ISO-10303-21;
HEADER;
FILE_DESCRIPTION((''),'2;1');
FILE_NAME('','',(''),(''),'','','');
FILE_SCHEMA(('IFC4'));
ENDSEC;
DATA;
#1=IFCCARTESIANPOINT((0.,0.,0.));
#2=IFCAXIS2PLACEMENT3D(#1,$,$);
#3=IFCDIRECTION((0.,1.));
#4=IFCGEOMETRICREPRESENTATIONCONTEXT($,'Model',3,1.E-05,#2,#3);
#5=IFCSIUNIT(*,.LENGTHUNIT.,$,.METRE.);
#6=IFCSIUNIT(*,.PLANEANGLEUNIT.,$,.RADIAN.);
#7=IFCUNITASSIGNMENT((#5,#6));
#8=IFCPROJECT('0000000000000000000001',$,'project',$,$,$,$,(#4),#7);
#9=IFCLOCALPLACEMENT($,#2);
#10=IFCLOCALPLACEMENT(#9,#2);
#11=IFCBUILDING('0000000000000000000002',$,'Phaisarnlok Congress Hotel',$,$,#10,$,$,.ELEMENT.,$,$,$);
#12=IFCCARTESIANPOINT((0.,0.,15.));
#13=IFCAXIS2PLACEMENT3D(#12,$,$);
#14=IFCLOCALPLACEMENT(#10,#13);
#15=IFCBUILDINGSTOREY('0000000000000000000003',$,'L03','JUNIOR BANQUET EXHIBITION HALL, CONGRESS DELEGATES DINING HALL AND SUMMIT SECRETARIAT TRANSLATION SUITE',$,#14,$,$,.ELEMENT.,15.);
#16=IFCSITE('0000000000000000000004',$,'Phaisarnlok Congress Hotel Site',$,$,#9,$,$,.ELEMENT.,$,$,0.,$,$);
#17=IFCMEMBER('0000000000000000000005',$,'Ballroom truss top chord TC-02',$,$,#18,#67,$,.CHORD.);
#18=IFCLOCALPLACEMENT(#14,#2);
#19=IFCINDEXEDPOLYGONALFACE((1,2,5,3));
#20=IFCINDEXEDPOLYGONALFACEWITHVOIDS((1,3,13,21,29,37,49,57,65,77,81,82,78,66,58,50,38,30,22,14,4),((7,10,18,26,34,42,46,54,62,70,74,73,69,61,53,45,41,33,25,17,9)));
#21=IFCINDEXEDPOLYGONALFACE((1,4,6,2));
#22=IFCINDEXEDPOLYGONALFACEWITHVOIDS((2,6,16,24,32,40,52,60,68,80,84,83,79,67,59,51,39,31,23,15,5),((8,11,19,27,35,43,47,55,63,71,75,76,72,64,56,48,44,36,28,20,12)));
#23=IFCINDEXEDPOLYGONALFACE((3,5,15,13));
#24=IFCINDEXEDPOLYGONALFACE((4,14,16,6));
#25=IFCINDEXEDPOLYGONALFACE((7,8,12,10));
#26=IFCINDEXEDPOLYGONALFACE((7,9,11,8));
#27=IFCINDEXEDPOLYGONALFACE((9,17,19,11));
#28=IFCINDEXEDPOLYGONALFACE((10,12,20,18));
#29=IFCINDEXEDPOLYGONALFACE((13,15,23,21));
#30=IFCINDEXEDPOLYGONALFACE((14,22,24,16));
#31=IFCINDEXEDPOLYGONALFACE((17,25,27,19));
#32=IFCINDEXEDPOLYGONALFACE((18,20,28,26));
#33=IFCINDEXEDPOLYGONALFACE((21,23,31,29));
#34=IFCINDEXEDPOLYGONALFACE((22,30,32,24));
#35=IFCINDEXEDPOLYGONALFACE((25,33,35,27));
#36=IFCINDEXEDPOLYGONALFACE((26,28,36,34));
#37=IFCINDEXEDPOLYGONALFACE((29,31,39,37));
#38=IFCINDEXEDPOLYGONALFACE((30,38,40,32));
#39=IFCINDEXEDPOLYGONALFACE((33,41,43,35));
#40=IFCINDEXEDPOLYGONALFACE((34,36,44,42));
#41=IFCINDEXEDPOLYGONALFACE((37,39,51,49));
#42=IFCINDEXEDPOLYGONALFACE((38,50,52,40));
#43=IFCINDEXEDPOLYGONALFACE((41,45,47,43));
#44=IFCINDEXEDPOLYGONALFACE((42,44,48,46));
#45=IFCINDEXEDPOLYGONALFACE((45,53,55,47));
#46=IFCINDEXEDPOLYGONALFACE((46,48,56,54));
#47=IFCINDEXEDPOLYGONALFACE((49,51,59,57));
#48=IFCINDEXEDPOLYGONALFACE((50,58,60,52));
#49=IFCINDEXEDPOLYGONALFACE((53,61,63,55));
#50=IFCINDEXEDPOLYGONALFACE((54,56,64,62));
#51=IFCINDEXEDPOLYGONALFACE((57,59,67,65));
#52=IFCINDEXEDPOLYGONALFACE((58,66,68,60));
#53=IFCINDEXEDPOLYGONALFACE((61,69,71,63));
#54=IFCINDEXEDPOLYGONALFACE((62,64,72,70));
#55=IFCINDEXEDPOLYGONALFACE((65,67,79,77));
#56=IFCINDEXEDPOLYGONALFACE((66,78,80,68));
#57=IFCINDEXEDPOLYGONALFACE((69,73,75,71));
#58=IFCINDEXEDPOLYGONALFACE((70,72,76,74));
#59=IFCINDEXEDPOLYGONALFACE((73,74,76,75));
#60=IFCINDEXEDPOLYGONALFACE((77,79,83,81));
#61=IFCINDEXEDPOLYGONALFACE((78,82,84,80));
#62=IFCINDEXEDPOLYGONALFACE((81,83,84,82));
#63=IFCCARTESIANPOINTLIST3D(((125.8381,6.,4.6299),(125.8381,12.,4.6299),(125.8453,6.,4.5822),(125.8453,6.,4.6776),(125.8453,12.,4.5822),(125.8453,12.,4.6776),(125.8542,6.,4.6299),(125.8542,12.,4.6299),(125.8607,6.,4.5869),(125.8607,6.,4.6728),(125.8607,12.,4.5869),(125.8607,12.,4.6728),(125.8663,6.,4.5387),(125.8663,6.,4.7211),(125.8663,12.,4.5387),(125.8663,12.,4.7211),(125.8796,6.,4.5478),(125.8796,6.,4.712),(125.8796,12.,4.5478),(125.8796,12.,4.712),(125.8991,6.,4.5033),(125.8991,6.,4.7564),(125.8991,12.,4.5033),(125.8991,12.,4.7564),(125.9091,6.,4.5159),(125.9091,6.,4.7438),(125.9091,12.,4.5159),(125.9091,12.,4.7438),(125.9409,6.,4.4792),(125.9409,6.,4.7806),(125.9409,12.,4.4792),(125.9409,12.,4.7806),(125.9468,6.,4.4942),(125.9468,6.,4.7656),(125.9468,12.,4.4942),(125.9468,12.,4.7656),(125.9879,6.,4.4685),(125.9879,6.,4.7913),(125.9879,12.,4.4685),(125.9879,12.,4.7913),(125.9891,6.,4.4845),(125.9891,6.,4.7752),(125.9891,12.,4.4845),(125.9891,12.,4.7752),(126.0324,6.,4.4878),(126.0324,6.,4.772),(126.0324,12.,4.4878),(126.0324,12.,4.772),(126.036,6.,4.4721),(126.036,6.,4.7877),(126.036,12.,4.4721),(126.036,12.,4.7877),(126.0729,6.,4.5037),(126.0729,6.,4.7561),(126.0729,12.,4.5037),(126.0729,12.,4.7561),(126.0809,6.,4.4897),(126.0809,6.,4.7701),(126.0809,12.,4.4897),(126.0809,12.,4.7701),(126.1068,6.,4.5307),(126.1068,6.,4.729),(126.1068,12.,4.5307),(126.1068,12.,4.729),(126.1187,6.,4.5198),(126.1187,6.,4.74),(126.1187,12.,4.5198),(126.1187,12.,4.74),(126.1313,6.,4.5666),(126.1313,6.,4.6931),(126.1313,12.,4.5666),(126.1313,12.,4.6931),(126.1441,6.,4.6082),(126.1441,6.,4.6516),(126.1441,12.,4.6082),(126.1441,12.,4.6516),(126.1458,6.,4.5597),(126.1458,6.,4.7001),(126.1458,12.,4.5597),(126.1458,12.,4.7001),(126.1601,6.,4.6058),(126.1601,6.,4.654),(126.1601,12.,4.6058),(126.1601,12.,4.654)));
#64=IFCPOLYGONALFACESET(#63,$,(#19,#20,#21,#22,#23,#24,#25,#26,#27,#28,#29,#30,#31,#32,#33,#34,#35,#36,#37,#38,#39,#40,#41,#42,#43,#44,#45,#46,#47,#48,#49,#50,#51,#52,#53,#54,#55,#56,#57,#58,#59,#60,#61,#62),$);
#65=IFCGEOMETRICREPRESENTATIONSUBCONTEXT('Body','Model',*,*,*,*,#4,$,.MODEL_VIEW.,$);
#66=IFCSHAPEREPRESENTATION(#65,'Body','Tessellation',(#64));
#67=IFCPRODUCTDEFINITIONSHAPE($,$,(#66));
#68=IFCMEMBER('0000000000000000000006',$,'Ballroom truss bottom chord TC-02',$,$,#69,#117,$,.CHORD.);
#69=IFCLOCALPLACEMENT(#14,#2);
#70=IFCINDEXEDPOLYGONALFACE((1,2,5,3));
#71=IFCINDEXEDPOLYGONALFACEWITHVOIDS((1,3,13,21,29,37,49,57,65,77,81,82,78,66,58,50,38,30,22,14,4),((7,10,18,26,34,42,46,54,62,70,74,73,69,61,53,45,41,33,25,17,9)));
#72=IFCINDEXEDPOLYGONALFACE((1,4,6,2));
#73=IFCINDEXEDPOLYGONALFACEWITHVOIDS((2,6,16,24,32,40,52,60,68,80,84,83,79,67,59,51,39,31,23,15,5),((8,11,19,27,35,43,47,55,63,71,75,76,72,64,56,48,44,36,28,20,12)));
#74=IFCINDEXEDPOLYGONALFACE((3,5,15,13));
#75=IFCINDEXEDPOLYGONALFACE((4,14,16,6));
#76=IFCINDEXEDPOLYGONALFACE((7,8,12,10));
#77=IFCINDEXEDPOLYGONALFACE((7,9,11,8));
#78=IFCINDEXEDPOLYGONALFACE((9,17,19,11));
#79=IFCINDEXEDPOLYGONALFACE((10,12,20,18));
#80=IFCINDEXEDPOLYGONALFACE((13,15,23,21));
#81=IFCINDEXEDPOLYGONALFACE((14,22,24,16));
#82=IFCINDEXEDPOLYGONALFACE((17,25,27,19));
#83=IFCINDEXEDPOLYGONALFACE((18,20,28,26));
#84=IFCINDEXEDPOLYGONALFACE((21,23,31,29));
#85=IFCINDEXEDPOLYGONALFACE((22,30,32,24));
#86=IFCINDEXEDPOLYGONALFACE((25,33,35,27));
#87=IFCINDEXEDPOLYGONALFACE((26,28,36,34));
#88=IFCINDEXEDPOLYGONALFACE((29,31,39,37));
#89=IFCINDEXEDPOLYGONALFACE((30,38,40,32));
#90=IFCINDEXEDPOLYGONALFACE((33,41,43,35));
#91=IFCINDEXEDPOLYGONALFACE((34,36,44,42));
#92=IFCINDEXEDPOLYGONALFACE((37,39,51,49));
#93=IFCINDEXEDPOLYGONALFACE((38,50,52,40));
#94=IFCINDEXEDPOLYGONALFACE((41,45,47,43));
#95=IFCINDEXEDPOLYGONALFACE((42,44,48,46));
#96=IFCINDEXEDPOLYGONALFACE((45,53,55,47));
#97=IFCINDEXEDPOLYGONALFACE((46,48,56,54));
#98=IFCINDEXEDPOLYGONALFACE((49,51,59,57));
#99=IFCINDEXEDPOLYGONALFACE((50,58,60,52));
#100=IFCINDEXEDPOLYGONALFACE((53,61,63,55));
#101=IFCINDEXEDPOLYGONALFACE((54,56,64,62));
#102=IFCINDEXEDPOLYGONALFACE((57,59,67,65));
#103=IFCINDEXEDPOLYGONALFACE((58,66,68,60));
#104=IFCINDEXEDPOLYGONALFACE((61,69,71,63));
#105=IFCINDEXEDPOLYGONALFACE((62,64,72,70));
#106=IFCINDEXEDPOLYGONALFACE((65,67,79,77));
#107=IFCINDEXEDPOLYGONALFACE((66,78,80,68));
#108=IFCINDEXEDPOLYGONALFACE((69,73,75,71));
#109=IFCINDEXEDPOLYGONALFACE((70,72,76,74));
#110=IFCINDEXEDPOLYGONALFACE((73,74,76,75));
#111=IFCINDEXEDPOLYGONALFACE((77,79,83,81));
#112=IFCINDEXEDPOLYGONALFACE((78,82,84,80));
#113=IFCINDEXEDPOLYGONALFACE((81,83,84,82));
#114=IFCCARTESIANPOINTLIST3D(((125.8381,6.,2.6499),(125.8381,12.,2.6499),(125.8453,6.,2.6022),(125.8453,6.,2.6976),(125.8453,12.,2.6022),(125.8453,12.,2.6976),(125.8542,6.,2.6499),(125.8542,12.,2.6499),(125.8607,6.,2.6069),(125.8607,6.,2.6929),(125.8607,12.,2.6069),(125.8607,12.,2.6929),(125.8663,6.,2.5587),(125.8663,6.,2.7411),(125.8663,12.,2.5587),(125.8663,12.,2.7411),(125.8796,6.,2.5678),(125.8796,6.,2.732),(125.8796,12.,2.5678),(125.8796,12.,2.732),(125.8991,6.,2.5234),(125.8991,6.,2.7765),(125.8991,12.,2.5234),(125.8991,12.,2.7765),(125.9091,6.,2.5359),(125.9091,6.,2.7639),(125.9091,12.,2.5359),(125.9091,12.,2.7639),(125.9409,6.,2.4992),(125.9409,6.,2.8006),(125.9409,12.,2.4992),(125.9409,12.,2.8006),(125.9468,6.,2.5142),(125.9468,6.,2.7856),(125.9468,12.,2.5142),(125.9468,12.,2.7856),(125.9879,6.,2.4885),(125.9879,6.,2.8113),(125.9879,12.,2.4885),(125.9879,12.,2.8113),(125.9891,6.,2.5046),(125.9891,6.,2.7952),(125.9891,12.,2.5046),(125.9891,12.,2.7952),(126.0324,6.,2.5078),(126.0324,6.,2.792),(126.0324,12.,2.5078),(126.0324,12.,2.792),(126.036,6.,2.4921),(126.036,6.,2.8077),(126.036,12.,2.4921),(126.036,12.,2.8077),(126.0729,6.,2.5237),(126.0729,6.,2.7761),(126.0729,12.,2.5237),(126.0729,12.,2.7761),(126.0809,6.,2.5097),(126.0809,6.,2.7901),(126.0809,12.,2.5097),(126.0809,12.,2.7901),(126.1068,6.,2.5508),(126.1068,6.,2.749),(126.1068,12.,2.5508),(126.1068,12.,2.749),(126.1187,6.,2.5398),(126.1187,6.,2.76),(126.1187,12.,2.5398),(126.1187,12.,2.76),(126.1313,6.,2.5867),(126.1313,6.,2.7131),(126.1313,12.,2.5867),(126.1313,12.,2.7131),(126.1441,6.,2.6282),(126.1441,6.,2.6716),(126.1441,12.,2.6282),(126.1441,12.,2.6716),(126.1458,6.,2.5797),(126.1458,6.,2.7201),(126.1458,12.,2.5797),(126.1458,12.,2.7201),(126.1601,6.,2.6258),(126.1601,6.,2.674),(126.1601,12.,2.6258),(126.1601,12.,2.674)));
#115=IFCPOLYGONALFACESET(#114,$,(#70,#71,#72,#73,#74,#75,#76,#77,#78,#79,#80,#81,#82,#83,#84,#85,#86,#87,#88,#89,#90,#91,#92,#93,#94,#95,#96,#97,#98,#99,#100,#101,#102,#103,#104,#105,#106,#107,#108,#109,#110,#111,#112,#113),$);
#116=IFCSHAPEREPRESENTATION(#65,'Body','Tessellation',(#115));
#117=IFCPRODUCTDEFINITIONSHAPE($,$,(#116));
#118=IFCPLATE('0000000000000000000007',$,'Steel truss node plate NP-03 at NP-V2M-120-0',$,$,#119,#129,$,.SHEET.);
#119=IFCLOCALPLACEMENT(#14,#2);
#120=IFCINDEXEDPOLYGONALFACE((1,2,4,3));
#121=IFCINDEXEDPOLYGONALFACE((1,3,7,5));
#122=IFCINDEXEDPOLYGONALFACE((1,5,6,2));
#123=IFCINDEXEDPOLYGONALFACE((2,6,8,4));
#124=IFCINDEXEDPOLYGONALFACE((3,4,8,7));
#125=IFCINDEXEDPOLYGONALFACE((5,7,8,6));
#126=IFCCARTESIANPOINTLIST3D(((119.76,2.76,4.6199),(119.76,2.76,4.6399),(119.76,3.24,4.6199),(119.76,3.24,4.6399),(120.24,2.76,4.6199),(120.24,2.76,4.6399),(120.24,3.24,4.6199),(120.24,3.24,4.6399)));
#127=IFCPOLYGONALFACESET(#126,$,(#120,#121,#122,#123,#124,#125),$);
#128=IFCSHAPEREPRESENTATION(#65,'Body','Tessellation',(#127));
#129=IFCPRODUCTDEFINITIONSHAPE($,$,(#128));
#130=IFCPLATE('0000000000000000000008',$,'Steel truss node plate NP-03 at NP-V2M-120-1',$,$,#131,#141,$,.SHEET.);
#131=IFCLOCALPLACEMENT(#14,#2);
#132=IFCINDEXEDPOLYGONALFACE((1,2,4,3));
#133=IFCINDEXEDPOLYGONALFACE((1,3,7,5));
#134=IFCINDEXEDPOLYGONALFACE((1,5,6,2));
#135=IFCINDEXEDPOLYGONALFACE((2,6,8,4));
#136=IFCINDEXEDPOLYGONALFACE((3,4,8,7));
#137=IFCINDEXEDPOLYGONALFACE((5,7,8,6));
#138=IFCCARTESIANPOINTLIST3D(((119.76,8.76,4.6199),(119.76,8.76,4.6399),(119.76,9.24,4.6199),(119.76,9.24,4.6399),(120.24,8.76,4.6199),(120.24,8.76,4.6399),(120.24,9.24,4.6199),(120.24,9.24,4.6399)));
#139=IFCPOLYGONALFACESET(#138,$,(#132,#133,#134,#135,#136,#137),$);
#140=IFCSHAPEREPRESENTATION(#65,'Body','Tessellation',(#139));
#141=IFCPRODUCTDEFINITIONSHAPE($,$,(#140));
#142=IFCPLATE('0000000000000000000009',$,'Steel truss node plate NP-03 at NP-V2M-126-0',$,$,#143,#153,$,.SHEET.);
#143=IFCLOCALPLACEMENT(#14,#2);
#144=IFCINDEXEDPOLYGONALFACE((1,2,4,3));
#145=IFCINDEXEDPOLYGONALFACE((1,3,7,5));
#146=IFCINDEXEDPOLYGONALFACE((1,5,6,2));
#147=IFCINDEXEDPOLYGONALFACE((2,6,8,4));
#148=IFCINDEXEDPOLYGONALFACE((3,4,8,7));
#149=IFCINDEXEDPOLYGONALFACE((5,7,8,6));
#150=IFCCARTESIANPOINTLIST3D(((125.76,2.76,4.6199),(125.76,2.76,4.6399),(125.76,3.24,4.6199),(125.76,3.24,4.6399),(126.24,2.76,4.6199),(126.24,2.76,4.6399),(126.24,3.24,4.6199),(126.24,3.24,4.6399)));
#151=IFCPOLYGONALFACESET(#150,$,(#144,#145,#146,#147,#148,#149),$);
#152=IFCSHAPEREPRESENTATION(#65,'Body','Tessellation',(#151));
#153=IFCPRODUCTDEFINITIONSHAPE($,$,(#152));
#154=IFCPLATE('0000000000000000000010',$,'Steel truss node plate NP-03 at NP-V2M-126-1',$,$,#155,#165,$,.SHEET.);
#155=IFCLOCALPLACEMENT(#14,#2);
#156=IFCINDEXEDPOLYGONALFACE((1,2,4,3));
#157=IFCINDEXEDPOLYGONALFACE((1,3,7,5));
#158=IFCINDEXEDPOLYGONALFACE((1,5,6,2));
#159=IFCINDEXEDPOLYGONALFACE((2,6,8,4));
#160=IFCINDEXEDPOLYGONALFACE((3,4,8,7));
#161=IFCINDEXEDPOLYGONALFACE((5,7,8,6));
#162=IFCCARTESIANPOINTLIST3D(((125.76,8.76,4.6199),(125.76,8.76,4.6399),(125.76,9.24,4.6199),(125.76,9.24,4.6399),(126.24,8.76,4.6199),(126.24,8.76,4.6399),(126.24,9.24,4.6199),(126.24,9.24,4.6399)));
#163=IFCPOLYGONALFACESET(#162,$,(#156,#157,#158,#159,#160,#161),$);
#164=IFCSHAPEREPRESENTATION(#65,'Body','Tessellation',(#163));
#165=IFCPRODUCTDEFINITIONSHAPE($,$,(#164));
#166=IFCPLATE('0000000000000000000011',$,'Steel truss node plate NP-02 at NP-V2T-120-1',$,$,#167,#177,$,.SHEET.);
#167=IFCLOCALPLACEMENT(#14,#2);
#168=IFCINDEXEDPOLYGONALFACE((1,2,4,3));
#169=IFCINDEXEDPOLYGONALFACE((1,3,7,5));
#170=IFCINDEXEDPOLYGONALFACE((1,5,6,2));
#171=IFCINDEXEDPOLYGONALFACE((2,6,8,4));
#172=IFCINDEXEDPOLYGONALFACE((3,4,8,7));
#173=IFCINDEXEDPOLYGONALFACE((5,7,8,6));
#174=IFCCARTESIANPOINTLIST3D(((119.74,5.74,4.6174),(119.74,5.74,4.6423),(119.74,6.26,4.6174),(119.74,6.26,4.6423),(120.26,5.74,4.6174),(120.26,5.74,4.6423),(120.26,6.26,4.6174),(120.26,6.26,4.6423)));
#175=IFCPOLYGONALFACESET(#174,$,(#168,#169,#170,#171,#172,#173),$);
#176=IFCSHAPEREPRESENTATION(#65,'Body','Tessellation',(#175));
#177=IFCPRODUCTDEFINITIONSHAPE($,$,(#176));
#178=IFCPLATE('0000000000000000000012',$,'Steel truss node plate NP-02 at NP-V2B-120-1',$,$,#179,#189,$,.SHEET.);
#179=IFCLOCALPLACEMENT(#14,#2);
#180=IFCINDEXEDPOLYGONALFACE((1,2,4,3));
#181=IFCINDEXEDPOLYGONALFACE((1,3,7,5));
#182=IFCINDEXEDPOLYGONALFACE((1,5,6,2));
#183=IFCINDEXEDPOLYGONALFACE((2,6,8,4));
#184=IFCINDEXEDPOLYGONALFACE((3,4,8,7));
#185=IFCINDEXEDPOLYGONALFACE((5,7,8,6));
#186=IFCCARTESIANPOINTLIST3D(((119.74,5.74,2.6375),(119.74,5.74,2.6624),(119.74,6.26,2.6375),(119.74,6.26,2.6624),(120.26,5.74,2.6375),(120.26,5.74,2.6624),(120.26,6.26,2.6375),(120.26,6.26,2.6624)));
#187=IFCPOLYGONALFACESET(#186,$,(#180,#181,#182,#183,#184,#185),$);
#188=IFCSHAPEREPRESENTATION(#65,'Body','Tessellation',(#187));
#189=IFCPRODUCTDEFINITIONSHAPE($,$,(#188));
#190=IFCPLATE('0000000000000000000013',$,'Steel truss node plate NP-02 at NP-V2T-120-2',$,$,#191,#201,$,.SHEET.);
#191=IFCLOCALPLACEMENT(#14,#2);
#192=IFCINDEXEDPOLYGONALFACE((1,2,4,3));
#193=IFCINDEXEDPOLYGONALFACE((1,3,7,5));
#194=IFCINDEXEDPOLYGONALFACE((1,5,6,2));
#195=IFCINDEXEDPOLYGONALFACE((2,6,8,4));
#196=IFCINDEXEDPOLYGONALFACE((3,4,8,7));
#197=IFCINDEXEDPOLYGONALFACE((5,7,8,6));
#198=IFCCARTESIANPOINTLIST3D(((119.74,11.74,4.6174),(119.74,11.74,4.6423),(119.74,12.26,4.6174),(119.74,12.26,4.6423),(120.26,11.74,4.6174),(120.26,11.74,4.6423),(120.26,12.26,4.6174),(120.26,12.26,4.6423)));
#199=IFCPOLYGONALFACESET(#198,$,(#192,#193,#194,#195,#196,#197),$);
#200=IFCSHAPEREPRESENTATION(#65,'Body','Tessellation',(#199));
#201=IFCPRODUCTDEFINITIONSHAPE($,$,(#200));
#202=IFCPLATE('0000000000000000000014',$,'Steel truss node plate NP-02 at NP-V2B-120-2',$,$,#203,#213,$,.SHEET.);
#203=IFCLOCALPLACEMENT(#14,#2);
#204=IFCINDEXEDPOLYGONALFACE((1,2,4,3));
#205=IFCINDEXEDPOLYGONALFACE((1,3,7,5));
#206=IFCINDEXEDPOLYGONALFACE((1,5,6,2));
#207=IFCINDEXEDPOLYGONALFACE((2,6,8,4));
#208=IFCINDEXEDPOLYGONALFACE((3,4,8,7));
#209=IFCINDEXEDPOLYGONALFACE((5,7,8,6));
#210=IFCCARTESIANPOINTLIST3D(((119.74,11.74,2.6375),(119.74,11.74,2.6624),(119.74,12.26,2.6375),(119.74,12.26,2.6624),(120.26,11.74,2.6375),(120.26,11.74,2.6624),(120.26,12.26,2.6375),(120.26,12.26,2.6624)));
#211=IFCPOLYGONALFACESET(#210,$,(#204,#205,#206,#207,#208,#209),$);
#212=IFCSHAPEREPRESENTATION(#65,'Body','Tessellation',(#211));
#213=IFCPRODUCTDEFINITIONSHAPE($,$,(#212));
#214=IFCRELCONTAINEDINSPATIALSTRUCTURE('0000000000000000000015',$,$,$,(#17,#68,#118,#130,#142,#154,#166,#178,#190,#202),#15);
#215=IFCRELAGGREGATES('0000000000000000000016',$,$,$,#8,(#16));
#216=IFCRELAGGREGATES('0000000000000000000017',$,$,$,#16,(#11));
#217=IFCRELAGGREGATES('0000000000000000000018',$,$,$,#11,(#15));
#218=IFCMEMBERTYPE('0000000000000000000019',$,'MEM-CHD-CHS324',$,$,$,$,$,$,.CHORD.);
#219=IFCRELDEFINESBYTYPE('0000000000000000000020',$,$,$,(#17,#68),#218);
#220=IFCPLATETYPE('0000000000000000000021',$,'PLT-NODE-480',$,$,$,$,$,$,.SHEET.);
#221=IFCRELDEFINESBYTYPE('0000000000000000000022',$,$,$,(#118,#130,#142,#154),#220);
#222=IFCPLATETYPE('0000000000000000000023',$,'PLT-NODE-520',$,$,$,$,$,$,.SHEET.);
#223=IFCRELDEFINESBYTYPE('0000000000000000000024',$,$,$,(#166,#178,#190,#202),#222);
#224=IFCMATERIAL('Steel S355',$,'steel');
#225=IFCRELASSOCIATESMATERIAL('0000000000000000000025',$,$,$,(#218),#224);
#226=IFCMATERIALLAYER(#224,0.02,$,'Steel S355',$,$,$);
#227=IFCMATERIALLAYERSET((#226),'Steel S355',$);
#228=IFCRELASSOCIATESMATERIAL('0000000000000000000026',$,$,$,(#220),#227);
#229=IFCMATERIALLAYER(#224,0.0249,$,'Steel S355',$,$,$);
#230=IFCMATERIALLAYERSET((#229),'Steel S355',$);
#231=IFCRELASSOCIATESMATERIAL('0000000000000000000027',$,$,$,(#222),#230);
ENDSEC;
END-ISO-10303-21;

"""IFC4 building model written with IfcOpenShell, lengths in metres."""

from ifc_helpers import new_model, si_unit, direction, frame, origin, origin_2d, place, context, subcontext, project, spatial, rectangle, hollow_circle, extrude, material, layer, layer_set, material_profile, profile_set, type_object, element, save


model = new_model("IFC4")

# Units and contexts
model_context = context("Model", 3, precision=1e-05, world=origin(), true_north=direction((0.0, 1.0)))
body_context = subcontext(model_context, "Body", "Model", "MODEL_VIEW")
ifc_project = project(units=[si_unit("LENGTHUNIT", "METRE"), si_unit("PLANEANGLEUNIT", "RADIAN")], contexts=[model_context])

# Site, building, storey
site_placement = place(None, origin())
site = spatial("IfcSite", under=ifc_project, at=site_placement, Name="Phaisarnlok Congress Hotel Site", CompositionType="ELEMENT", RefElevation=0.0)
building_placement = place(site_placement, origin())
building = spatial("IfcBuilding", under=site, at=building_placement, Name="Phaisarnlok Congress Hotel", CompositionType="ELEMENT")
storey_placement = place(building_placement, frame((0.0, 0.0, 15.0)))
storey = spatial("IfcBuildingStorey", under=building, at=storey_placement, Name="L03", Description="JUNIOR BANQUET EXHIBITION HALL, CONGRESS DELEGATES DINING HALL AND SUMMIT SECRETARIAT TRANSLATION SUITE", CompositionType="ELEMENT", Elevation=15.0)

# Members
ifc_material = material(Name="Steel S355", Category="steel")
ifc_material_profile_1 = material_profile(ifc_material, hollow_circle(Radius=0.1619, WallThickness=0.0161, at=origin_2d()), Name="CHS 323.9x16")
ifc_profile_set_1 = profile_set([ifc_material_profile_1], Name="Steel S355")
member_type_1 = type_object("IfcMemberType", Name="MEM-CHD-CHS324", PredefinedType="CHORD", material=ifc_profile_set_1)
for number, where, z_axis, x_axis, name in (
    (1, (126.0, 6.0, 4.6299), (0.0, 1.0, 0.0), (-1.0, 0.0, 0.0), "Ballroom truss top chord TC-02"),
    (2, (126.0, 6.0, 2.6499), (0.0, 1.0, 0.0), (-1.0, 0.0, 0.0), "Ballroom truss bottom chord TC-02"),
):
    element("IfcMember", number, at=place(storey_placement, frame(where, z_axis=z_axis, x_axis=x_axis)), inside=storey, type_object=member_type_1, Name=name, PredefinedType="CHORD", context=body_context, shape_type="SweptSolid", body=[
        extrude(hollow_circle(Radius=0.1619, WallThickness=0.0161, at=origin_2d()), origin(), (0.0, 0.0, 1.0), 6.0),
    ])

# Plates
ifc_layer_1 = layer(ifc_material, 0.02, Name="Steel S355")
ifc_layer_set_1 = layer_set([ifc_layer_1], Name="Steel S355")
plate_type_1 = type_object("IfcPlateType", Name="PLT-NODE-480", PredefinedType="SHEET", material=ifc_layer_set_1)
for number, where, z_axis, x_axis, name in (
    (3, (120.0, 3.0, 4.6199), (0.0, 0.0, 1.0), (1.0, 0.0, 0.0), "Steel truss node plate NP-03 at NP-V2M-120-0"),
    (4, (120.0, 9.0, 4.6199), (0.0, 0.0, 1.0), (1.0, 0.0, 0.0), "Steel truss node plate NP-03 at NP-V2M-120-1"),
    (5, (126.0, 3.0, 4.6199), (0.0, 0.0, 1.0), (1.0, 0.0, 0.0), "Steel truss node plate NP-03 at NP-V2M-126-0"),
    (6, (126.0, 9.0, 4.6199), (0.0, 0.0, 1.0), (1.0, 0.0, 0.0), "Steel truss node plate NP-03 at NP-V2M-126-1"),
):
    element("IfcPlate", number, at=place(storey_placement, frame(where, z_axis=z_axis, x_axis=x_axis)), inside=storey, type_object=plate_type_1, Name=name, PredefinedType="SHEET", context=body_context, shape_type="SweptSolid", body=[
        extrude(rectangle(XDim=0.48, YDim=0.48, at=origin_2d()), origin(), (0.0, 0.0, 1.0), 0.02),
    ])
ifc_layer_2 = layer(ifc_material, 0.0249, Name="Steel S355")
ifc_layer_set_2 = layer_set([ifc_layer_2], Name="Steel S355")
plate_type_2 = type_object("IfcPlateType", Name="PLT-NODE-520", PredefinedType="SHEET", material=ifc_layer_set_2)
for number, where, z_axis, x_axis, name in (
    (7, (120.0, 6.0, 4.6174), (0.0, 0.0, 1.0), (1.0, 0.0, 0.0), "Steel truss node plate NP-02 at NP-V2T-120-1"),
    (8, (120.0, 6.0, 2.6375), (0.0, 0.0, 1.0), (1.0, 0.0, 0.0), "Steel truss node plate NP-02 at NP-V2B-120-1"),
    (9, (120.0, 12.0, 4.6174), (0.0, 0.0, 1.0), (1.0, 0.0, 0.0), "Steel truss node plate NP-02 at NP-V2T-120-2"),
    (10, (120.0, 12.0, 2.6375), (0.0, 0.0, 1.0), (1.0, 0.0, 0.0), "Steel truss node plate NP-02 at NP-V2B-120-2"),
):
    element("IfcPlate", number, at=place(storey_placement, frame(where, z_axis=z_axis, x_axis=x_axis)), inside=storey, type_object=plate_type_2, Name=name, PredefinedType="SHEET", context=body_context, shape_type="SweptSolid", body=[
        extrude(rectangle(XDim=0.52, YDim=0.52, at=origin_2d()), origin(), (0.0, 0.0, 1.0), 0.0249),
    ])

save(model, "model.ifc")
